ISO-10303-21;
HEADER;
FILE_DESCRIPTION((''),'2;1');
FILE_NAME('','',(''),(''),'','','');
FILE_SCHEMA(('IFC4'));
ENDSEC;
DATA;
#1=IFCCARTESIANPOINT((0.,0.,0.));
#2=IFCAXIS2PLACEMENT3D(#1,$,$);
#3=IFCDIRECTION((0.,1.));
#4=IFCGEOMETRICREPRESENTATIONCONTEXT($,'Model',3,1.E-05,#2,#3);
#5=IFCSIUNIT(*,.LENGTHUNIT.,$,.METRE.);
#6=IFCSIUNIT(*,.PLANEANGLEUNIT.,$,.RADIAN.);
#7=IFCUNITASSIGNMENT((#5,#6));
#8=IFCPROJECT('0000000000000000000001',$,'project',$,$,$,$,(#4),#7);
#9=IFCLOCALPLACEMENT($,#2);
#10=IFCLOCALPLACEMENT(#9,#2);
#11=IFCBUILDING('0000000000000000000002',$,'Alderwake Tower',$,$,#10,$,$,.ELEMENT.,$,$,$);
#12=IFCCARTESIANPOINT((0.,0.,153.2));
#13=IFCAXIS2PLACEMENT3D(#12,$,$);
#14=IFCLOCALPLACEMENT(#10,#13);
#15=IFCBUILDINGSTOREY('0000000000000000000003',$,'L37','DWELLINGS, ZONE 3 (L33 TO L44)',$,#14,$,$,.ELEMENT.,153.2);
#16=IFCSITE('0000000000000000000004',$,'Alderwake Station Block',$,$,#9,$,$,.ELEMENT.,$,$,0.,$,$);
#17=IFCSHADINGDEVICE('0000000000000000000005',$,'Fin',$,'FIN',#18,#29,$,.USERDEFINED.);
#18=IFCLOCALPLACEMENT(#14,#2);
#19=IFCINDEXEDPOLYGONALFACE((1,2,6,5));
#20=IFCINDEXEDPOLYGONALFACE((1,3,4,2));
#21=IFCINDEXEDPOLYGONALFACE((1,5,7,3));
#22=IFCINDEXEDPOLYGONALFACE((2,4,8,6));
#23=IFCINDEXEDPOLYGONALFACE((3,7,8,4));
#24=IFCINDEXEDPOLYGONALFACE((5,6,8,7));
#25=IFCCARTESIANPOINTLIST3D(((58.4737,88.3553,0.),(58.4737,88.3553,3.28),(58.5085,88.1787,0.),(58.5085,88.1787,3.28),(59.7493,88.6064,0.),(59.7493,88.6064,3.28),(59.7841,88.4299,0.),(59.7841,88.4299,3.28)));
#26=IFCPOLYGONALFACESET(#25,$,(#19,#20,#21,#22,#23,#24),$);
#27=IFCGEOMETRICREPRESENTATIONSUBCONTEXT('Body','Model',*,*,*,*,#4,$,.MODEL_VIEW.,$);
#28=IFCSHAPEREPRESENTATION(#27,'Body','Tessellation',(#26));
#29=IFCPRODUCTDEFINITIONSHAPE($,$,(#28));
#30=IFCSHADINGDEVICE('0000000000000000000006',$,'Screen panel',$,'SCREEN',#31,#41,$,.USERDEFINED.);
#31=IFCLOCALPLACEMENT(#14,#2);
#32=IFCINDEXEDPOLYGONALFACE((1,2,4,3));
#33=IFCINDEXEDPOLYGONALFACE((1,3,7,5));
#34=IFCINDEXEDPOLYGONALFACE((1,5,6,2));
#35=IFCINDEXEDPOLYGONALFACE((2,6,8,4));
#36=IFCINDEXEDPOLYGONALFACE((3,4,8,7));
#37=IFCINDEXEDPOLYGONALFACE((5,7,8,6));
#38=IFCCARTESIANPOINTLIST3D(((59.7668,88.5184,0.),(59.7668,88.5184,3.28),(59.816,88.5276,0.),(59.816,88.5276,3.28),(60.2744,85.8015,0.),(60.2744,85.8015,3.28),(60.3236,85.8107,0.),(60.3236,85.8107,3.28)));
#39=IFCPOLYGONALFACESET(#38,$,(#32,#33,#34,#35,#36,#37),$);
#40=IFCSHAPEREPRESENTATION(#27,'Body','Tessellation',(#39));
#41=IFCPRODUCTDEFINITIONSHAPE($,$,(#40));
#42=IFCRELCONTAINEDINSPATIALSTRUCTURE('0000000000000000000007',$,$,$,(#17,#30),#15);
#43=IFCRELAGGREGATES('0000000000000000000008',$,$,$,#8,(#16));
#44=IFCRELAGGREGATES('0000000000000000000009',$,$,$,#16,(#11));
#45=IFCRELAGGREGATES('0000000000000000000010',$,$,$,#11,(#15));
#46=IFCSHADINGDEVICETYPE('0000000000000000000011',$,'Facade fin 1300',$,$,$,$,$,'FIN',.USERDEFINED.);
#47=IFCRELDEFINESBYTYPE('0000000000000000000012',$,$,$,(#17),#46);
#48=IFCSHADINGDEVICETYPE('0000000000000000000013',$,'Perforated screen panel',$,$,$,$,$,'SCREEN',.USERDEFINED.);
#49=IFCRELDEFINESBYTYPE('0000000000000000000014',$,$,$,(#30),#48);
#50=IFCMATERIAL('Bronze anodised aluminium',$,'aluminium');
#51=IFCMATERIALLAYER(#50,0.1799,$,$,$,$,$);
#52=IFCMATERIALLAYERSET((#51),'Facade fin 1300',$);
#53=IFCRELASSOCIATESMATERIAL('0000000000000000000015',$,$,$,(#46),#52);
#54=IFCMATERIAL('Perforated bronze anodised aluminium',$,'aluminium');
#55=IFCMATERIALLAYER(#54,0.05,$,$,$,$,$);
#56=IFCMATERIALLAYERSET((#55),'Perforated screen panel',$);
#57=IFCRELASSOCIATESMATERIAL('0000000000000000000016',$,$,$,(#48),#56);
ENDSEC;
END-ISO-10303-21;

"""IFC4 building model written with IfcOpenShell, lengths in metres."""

from ifc_helpers import new_model, si_unit, direction, frame, origin, origin_2d, place, context, subcontext, project, spatial, rectangle, extrude, material, layer, layer_set, type_object, element, save


model = new_model("IFC4")

# Units and contexts
model_context = context("Model", 3, precision=1e-05, world=origin(), true_north=direction((0.0, 1.0)))
body_context = subcontext(model_context, "Body", "Model", "MODEL_VIEW")
ifc_project = project(units=[si_unit("LENGTHUNIT", "METRE"), si_unit("PLANEANGLEUNIT", "RADIAN")], contexts=[model_context])

# Site, building, storey
site_placement = place(None, origin())
site = spatial("IfcSite", under=ifc_project, at=site_placement, Name="Alderwake Station Block", CompositionType="ELEMENT", RefElevation=0.0)
building_placement = place(site_placement, origin())
building = spatial("IfcBuilding", under=site, at=building_placement, Name="Alderwake Tower", CompositionType="ELEMENT")
storey_placement = place(building_placement, frame((0.0, 0.0, 153.2)))
storey = spatial("IfcBuildingStorey", under=building, at=storey_placement, Name="L37", Description="DWELLINGS, ZONE 3 (L33 TO L44)", CompositionType="ELEMENT", Elevation=153.2)

# Shading devices
ifc_material_1 = material(Name="Bronze anodised aluminium", Category="aluminium")
ifc_layer_1 = layer(ifc_material_1, 0.1799)
ifc_layer_set_1 = layer_set([ifc_layer_1], Name="Facade fin 1300")
shading_device_type_1 = type_object("IfcShadingDeviceType", Name="Facade fin 1300", ElementType="FIN", PredefinedType="USERDEFINED", material=ifc_layer_set_1)
for number, where, z_axis, x_axis, name in (
    (1, (59.1289, 88.3926, 0.0), (0.0, 0.0, 1.0), (0.981164, 0.193178, 0.0), "Fin"),
):
    element("IfcShadingDevice", number, at=place(storey_placement, frame(where, z_axis=z_axis, x_axis=x_axis)), inside=storey, type_object=shading_device_type_1, Name=name, ObjectType="FIN", PredefinedType="USERDEFINED", context=body_context, shape_type="SweptSolid", body=[
        extrude(rectangle(XDim=1.3, YDim=0.1799, at=origin_2d()), origin(), (0.0, 0.0, 1.0), 3.28),
    ])
ifc_material_2 = material(Name="Perforated bronze anodised aluminium", Category="aluminium")
ifc_layer_2 = layer(ifc_material_2, 0.05)
ifc_layer_set_2 = layer_set([ifc_layer_2], Name="Perforated screen panel")
shading_device_type_2 = type_object("IfcShadingDeviceType", Name="Perforated screen panel", ElementType="SCREEN", PredefinedType="USERDEFINED", material=ifc_layer_set_2)
shading_device_placement = place(storey_placement, frame((60.0452, 87.1646, 0.0), z_axis=(0.0, 0.0, 1.0), x_axis=(0.982991, 0.183651, 0.0)))
element("IfcShadingDevice", 2, at=shading_device_placement, inside=storey, type_object=shading_device_type_2, Name="Screen panel", ObjectType="SCREEN", PredefinedType="USERDEFINED", context=body_context, shape_type="SweptSolid", body=[
    extrude(rectangle(XDim=0.05, YDim=2.7639, at=origin_2d()), origin(), (0.0, 0.0, 1.0), 3.28),
])

save(model, "model.ifc")
